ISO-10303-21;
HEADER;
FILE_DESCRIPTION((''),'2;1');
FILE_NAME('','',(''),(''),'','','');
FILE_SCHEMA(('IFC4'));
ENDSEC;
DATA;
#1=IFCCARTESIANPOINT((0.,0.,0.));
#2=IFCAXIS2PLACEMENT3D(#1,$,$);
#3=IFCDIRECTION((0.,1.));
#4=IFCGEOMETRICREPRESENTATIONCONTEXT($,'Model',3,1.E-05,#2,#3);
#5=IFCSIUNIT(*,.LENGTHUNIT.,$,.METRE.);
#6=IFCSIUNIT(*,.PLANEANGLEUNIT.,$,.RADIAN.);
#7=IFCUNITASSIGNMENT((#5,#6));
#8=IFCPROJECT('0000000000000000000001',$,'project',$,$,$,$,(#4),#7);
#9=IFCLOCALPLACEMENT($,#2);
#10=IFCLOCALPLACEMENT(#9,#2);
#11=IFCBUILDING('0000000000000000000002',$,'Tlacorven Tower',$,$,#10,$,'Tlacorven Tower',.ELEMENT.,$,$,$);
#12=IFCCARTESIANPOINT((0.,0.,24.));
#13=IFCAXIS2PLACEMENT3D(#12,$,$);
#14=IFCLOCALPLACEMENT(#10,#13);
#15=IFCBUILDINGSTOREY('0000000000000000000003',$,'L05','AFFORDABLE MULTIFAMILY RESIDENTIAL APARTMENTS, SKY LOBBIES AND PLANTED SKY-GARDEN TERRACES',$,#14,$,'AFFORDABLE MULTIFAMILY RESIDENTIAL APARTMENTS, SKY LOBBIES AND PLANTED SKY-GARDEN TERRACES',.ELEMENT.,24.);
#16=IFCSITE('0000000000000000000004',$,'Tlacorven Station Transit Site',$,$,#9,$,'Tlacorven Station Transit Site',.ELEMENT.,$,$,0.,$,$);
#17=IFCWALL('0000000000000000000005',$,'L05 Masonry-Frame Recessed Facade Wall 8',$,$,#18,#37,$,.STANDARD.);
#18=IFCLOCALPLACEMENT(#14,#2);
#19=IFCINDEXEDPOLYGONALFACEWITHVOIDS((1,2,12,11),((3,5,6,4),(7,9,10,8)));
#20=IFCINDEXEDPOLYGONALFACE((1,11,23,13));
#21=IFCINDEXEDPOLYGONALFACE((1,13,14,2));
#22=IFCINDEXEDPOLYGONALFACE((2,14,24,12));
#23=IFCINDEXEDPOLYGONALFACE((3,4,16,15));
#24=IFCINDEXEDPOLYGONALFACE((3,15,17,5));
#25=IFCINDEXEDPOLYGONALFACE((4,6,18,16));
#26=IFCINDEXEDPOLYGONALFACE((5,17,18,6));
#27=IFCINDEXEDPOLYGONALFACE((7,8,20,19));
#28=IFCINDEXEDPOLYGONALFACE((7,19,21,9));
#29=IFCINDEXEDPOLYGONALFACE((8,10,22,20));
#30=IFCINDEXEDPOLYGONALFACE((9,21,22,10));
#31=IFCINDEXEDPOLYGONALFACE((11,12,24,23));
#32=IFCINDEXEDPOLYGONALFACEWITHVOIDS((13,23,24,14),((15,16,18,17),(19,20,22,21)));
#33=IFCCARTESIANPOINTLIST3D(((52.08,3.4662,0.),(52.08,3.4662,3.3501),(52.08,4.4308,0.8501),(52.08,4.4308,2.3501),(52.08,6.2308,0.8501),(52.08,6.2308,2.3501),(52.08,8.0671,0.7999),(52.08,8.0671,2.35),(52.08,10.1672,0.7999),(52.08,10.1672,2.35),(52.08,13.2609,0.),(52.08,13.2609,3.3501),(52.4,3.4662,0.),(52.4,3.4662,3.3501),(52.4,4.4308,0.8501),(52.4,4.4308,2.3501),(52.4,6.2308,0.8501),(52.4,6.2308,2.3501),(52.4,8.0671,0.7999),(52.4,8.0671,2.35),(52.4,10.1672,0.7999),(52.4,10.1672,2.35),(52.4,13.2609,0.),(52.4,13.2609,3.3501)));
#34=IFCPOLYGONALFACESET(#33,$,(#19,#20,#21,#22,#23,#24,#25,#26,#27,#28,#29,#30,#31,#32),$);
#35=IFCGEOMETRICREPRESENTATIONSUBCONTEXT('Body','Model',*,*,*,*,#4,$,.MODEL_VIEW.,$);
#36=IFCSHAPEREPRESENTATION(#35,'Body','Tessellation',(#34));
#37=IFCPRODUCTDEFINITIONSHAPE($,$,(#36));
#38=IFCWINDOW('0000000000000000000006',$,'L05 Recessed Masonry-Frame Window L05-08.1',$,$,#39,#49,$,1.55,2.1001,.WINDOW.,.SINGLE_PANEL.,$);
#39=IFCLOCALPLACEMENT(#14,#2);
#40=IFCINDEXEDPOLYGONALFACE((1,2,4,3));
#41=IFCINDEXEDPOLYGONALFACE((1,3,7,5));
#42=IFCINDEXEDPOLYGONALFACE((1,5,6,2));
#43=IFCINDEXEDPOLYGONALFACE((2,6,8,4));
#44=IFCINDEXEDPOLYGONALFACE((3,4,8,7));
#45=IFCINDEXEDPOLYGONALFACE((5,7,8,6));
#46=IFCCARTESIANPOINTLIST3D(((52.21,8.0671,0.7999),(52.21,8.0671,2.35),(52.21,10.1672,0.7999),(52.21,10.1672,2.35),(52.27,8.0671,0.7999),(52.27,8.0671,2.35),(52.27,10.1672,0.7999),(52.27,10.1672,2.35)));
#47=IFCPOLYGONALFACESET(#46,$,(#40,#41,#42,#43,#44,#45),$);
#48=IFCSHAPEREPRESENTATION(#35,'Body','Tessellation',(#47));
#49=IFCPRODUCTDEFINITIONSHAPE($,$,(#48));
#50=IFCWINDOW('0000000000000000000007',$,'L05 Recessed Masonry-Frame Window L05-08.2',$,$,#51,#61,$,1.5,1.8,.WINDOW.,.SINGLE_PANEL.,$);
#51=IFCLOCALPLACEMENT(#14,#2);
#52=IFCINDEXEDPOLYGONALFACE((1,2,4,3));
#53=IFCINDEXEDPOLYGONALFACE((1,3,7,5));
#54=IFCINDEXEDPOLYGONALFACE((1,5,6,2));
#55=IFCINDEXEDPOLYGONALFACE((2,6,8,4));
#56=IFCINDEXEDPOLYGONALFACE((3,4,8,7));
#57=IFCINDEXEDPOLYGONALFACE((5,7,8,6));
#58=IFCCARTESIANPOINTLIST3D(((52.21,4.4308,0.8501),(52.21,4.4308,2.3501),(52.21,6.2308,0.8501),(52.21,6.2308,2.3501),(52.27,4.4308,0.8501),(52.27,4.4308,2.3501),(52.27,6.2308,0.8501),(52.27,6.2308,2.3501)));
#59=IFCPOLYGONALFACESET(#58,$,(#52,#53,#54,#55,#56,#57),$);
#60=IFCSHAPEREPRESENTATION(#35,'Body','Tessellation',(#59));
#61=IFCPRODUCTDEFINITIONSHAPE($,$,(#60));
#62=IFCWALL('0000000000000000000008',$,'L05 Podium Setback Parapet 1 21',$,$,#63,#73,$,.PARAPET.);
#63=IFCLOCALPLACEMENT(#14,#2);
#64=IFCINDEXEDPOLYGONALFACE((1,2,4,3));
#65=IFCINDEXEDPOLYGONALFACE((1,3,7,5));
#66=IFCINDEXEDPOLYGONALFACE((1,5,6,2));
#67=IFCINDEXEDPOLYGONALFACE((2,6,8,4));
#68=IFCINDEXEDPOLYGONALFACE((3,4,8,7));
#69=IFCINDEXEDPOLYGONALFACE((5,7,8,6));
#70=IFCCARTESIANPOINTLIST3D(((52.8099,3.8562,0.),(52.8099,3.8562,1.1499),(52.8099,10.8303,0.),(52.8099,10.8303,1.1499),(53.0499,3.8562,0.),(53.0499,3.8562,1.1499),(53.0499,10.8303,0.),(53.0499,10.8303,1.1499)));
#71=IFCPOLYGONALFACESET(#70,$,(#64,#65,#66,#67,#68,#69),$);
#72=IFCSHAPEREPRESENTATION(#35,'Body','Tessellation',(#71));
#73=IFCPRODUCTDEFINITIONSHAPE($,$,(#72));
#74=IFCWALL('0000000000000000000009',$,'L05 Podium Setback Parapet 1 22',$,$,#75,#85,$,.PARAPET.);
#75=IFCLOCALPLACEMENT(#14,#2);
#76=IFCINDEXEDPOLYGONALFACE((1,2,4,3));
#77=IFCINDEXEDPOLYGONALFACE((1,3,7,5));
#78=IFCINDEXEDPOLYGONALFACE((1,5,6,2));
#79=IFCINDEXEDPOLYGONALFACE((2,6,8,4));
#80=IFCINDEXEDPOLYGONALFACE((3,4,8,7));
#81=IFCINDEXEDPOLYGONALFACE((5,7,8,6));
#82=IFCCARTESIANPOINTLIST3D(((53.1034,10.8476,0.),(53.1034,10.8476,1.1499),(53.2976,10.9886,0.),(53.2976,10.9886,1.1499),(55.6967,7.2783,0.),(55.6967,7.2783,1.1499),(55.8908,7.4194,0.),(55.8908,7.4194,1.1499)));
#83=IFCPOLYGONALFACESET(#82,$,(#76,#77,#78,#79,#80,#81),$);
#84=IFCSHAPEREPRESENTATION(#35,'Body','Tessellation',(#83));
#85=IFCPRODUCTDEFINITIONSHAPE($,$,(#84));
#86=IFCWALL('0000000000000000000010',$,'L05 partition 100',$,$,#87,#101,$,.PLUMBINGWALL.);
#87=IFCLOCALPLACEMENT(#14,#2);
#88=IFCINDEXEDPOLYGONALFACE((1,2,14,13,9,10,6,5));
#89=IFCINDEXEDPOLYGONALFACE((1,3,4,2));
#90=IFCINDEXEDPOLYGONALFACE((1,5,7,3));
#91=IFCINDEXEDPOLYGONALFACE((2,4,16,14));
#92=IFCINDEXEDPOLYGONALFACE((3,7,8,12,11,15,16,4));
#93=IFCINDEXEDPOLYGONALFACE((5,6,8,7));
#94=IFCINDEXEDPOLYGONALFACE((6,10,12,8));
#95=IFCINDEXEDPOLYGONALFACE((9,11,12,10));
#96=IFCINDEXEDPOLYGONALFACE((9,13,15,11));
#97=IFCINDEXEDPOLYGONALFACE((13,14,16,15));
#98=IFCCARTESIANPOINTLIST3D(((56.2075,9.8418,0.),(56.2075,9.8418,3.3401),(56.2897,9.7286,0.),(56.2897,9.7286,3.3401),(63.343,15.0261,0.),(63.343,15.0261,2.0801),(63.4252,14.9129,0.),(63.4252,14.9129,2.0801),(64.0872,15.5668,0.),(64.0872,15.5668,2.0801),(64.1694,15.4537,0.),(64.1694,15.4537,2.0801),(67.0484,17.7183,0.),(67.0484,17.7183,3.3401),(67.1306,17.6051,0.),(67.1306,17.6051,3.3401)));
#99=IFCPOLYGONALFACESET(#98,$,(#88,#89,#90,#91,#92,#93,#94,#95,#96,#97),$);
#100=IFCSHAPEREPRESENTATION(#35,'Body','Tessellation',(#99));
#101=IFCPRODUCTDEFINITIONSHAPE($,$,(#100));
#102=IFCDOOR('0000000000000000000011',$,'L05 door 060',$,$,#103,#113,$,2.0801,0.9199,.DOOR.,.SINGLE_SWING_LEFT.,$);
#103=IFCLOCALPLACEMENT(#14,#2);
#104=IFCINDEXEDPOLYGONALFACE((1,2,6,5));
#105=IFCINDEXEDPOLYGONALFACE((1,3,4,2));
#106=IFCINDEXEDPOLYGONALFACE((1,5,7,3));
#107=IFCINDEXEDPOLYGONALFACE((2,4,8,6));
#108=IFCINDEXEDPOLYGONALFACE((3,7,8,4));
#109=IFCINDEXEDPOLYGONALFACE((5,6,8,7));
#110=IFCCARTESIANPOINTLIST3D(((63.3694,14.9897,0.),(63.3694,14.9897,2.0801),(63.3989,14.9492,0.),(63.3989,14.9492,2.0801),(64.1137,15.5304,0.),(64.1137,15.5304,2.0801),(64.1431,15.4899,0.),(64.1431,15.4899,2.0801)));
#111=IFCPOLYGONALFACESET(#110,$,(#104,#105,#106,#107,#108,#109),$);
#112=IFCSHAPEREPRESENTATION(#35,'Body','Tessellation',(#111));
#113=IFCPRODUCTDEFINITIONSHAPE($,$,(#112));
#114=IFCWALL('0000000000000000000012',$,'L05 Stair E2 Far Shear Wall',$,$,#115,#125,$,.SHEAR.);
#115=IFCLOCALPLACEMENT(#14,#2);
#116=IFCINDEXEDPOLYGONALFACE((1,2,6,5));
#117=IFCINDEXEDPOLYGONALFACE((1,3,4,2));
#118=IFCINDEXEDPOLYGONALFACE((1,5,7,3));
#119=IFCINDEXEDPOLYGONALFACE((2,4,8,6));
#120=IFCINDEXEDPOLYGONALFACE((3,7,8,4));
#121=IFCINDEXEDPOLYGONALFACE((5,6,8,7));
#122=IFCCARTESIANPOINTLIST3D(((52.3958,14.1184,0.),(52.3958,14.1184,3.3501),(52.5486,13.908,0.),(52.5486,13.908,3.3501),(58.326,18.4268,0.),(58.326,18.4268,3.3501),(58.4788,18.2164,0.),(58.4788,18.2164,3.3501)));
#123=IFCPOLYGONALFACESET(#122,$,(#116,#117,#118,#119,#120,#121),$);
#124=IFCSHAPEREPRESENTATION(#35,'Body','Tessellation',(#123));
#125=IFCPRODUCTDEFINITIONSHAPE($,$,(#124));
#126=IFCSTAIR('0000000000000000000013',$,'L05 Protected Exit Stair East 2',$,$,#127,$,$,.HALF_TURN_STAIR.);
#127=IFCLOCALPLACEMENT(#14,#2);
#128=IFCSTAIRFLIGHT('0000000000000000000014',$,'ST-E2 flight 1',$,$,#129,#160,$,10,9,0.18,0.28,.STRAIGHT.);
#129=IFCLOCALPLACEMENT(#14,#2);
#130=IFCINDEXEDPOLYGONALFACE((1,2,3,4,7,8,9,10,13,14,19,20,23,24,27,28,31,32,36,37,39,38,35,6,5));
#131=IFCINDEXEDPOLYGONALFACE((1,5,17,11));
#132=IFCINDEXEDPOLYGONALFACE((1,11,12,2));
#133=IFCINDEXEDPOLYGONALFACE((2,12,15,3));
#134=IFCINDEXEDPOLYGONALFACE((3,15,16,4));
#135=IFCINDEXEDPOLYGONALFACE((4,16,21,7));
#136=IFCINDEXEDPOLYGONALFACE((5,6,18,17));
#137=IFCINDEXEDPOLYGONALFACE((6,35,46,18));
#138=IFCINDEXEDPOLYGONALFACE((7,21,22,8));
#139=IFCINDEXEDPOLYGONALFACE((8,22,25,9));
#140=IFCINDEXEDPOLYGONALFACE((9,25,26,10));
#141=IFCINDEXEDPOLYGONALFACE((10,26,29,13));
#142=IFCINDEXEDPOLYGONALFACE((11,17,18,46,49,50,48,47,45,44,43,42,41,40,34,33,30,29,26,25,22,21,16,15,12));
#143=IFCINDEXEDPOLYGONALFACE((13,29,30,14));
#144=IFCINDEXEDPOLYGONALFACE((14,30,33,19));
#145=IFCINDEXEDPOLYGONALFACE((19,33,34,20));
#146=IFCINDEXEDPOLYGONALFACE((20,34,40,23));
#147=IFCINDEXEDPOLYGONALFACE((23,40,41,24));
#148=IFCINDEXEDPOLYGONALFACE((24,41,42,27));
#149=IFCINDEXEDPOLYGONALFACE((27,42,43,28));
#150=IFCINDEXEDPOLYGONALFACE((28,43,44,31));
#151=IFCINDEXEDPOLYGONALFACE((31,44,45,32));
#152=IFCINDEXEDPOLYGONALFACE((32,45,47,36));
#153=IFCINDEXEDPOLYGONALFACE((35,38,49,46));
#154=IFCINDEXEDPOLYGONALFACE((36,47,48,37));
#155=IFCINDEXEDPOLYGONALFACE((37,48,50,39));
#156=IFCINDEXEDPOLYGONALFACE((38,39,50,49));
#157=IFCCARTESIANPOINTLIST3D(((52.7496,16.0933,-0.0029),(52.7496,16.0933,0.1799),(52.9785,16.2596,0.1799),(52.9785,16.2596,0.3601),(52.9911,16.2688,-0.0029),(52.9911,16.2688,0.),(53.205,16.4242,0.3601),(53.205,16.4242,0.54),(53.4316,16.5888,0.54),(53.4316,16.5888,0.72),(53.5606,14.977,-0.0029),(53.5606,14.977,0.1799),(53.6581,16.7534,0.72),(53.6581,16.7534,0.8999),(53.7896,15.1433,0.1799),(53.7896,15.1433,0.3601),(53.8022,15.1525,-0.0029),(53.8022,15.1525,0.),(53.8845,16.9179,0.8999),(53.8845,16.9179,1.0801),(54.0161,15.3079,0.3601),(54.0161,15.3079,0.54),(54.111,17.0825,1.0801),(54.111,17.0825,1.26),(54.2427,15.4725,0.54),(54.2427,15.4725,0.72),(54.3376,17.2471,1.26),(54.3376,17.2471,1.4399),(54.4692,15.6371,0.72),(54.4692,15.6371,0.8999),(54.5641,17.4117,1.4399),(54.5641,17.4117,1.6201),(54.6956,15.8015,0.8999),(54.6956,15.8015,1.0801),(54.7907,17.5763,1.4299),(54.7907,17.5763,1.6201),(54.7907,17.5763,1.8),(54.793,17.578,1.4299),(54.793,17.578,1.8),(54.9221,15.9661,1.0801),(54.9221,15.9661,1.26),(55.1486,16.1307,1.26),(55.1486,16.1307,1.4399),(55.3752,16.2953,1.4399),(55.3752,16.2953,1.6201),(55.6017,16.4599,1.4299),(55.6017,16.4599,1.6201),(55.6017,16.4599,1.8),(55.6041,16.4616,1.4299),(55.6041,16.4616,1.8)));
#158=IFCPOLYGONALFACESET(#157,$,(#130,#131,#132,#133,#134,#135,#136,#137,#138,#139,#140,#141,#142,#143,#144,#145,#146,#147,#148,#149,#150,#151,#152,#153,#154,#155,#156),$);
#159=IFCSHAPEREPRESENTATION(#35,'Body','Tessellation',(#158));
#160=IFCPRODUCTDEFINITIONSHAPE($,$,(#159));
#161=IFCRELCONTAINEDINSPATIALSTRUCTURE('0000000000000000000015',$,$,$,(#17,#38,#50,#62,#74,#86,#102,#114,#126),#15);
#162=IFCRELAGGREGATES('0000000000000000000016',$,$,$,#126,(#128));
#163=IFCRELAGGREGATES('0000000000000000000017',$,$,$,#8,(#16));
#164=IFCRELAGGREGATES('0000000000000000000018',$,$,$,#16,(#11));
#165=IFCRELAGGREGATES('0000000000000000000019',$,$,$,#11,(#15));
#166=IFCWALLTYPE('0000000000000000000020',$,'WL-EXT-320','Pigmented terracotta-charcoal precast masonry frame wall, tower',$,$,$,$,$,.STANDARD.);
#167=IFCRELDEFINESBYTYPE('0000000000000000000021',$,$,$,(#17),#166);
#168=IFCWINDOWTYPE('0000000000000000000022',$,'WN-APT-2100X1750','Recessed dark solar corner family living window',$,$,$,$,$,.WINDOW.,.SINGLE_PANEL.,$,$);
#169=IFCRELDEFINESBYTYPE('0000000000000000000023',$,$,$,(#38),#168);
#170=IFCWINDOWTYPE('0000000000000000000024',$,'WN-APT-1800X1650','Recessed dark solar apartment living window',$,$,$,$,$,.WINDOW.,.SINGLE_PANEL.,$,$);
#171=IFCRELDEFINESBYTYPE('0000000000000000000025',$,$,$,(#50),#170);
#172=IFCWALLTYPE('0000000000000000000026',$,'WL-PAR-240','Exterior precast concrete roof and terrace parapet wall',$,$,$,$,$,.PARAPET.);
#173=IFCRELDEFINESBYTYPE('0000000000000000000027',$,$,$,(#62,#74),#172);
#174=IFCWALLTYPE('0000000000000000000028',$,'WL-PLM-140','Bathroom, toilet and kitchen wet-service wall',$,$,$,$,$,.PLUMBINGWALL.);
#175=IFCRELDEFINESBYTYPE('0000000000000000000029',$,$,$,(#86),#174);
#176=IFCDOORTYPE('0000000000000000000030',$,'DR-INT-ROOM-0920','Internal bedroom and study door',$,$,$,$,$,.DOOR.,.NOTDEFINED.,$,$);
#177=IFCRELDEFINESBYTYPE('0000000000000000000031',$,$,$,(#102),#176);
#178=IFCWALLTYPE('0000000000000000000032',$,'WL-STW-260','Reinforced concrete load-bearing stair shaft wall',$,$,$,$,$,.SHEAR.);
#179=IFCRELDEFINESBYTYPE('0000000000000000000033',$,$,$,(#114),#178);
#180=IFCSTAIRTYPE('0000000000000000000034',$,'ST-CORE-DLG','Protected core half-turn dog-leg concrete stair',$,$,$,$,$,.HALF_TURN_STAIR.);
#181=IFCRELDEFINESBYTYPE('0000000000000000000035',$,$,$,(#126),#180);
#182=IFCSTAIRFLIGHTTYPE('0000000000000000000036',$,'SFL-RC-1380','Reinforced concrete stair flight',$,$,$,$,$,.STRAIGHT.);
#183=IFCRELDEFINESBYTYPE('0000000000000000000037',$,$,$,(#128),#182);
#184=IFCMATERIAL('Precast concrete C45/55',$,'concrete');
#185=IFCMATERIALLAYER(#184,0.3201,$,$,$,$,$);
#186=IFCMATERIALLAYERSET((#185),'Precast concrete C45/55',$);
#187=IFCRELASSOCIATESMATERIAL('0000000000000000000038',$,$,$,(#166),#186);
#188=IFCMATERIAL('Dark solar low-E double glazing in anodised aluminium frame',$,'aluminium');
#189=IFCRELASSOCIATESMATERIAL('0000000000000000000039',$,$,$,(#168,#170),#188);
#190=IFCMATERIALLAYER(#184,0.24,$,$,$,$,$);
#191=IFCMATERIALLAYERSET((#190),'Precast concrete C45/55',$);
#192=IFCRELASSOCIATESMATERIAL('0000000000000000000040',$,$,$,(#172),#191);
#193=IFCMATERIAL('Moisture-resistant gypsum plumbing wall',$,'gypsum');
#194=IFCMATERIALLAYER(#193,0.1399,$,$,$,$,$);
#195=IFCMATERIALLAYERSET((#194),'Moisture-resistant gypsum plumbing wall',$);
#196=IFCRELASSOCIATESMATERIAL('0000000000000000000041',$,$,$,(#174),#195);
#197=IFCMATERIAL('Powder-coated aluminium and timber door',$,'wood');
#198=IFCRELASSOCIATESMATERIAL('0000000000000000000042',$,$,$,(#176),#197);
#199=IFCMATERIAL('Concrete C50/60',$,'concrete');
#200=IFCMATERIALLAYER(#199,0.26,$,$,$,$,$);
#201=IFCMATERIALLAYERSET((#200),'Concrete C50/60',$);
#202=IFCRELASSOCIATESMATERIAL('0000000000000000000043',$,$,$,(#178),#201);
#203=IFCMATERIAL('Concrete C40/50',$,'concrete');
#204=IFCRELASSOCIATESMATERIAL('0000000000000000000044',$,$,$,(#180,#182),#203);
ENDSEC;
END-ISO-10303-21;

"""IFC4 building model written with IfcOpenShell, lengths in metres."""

from ifc_helpers import new_model, si_unit, direction, frame, frame_2d, origin, place, context, subcontext, project, spatial, polyline, rectangle, outline, extrude, source, transform, mapped, material, layer, layer_set, type_object, element, fill, aggregate, save


model = new_model("IFC4")

# Units and contexts
model_context = context("Model", 3, precision=1e-05, world=origin(), true_north=direction((0.0, 1.0)))
body_context = subcontext(model_context, "Body", "Model", "MODEL_VIEW")
ifc_project = project(units=[si_unit("LENGTHUNIT", "METRE"), si_unit("PLANEANGLEUNIT", "RADIAN")], contexts=[model_context])

# Site, building, storey
site_placement = place(None, origin())
site = spatial("IfcSite", under=ifc_project, at=site_placement, Name="Tlacorven Station Transit Site", LongName="Tlacorven Station Transit Site", CompositionType="ELEMENT", RefElevation=0.0)
building_placement = place(site_placement, origin())
building = spatial("IfcBuilding", under=site, at=building_placement, Name="Tlacorven Tower", LongName="Tlacorven Tower", CompositionType="ELEMENT")
storey_placement = place(building_placement, frame((0.0, 0.0, 24.0)))
storey = spatial("IfcBuildingStorey", under=building, at=storey_placement, Name="L05", Description="AFFORDABLE MULTIFAMILY RESIDENTIAL APARTMENTS, SKY LOBBIES AND PLANTED SKY-GARDEN TERRACES", LongName="AFFORDABLE MULTIFAMILY RESIDENTIAL APARTMENTS, SKY LOBBIES AND PLANTED SKY-GARDEN TERRACES", CompositionType="ELEMENT", Elevation=24.0)

# Wall, openings, windows
ifc_material_1 = material(Name="Precast concrete C45/55", Category="concrete")
ifc_layer_1 = layer(ifc_material_1, 0.3201)
ifc_layer_set_1 = layer_set([ifc_layer_1], Name="Precast concrete C45/55")
wall_type_1 = type_object("IfcWallType", Name="WL-EXT-320", Description="Pigmented terracotta-charcoal precast masonry frame wall, tower", PredefinedType="STANDARD", material=ifc_layer_set_1)
wall_1_placement = place(storey_placement, frame((52.24, 13.261, 0.0), z_axis=(0.0, 0.0, 1.0), x_axis=(0.0, -1.0, 0.0)))
wall_1 = element("IfcWall", 1, at=wall_1_placement, inside=storey, type_object=wall_type_1, Name="L05 Masonry-Frame Recessed Facade Wall 8", PredefinedType="STANDARD", context=body_context, shape_type="SweptSolid", body=[
    extrude(rectangle(XDim=9.7947, YDim=0.3201, at=frame_2d((4.8975, 0.0))), origin(), (0.0, 0.0, 1.0), 3.3501),
])
opening_1_placement = place(wall_1_placement, frame((3.0938, 0.0, 0.8)))
opening_1 = element("IfcOpeningElement", 2, at=opening_1_placement, cuts=wall_1, PredefinedType="OPENING", context=body_context, shape_type="SweptSolid", body=[
    extrude(rectangle(XDim=2.1001, YDim=1.55, at=frame_2d((1.05, 0.7749))), frame((0.0, 0.1699, 0.0), z_axis=(0.0, -1.0, 0.0), x_axis=(1.0, 0.0, 0.0)), (0.0, 0.0, 1.0), 0.3401),
])
opening_2_placement = place(wall_1_placement, frame((7.0303, 0.0, 0.8501)))
opening_2 = element("IfcOpeningElement", 3, at=opening_2_placement, cuts=wall_1, PredefinedType="OPENING", context=body_context, shape_type="SweptSolid", body=[
    extrude(rectangle(XDim=1.8, YDim=1.5, at=frame_2d((0.8999, 0.75))), frame((0.0, 0.1699, 0.0), z_axis=(0.0, -1.0, 0.0), x_axis=(1.0, 0.0, 0.0)), (0.0, 0.0, 1.0), 0.3401),
])
ifc_material_2 = material(Name="Dark solar low-E double glazing in anodised aluminium frame", Category="aluminium")
window_type_1 = type_object("IfcWindowType", Name="WN-APT-2100X1750", Description="Recessed dark solar corner family living window", PartitioningType="SINGLE_PANEL", PredefinedType="WINDOW", material=ifc_material_2)
shared_shape_1 = source(origin(), body_context, "Body", "SweptSolid", [
    extrude(rectangle(XDim=2.1001, YDim=1.55, at=frame_2d((1.05, 0.7749))), frame((0.0, 0.03, 0.0), z_axis=(0.0, -1.0, 0.0), x_axis=(1.0, 0.0, 0.0)), (0.0, 0.0, 1.0), 0.0601),
])
window_1_placement = place(opening_1_placement, origin())
window_1 = element("IfcWindow", 4, at=window_1_placement, inside=storey, type_object=window_type_1, Name="L05 Recessed Masonry-Frame Window L05-08.1", OverallHeight=1.55, OverallWidth=2.1001, PartitioningType="SINGLE_PANEL", PredefinedType="WINDOW", context=body_context, shape_type="MappedRepresentation", body=[
    mapped(shared_shape_1, transform((0.0, 0.0, 0.0), scale=1.0)),
])
fill(opening_1, window_1)
window_type_2 = type_object("IfcWindowType", Name="WN-APT-1800X1650", Description="Recessed dark solar apartment living window", PartitioningType="SINGLE_PANEL", PredefinedType="WINDOW", material=ifc_material_2)
shared_shape_2 = source(origin(), body_context, "Body", "SweptSolid", [
    extrude(rectangle(XDim=1.8, YDim=1.5, at=frame_2d((0.8999, 0.75))), frame((0.0, 0.03, 0.0), z_axis=(0.0, -1.0, 0.0), x_axis=(1.0, 0.0, 0.0)), (0.0, 0.0, 1.0), 0.0601),
])
window_2_placement = place(opening_2_placement, origin())
window_2 = element("IfcWindow", 5, at=window_2_placement, inside=storey, type_object=window_type_2, Name="L05 Recessed Masonry-Frame Window L05-08.2", OverallHeight=1.5, OverallWidth=1.8, PartitioningType="SINGLE_PANEL", PredefinedType="WINDOW", context=body_context, shape_type="MappedRepresentation", body=[
    mapped(shared_shape_2, transform((0.0, 0.0, 0.0), scale=1.0)),
])
fill(opening_2, window_2)

# Walls
ifc_layer_2 = layer(ifc_material_1, 0.24)
ifc_layer_set_2 = layer_set([ifc_layer_2], Name="Precast concrete C45/55")
wall_type_2 = type_object("IfcWallType", Name="WL-PAR-240", Description="Exterior precast concrete roof and terrace parapet wall", PredefinedType="PARAPET", material=ifc_layer_set_2)
wall_2_placement = place(storey_placement, frame((52.9299, 3.8562, 0.0), z_axis=(0.0, 0.0, 1.0), x_axis=(0.0, 1.0, 0.0)))
element("IfcWall", 6, at=wall_2_placement, inside=storey, type_object=wall_type_2, Name="L05 Podium Setback Parapet 1 21", PredefinedType="PARAPET", context=body_context, shape_type="SweptSolid", body=[
    extrude(rectangle(XDim=6.9741, YDim=0.24, at=frame_2d((3.4871, 0.0))), origin(), (0.0, 0.0, 1.0), 1.1499),
])
wall_3_placement = place(storey_placement, frame((53.2004, 10.9182, 0.0), z_axis=(0.0, 0.0, 1.0), x_axis=(0.587783, -0.809018, 0.0)))
element("IfcWall", 7, at=wall_3_placement, inside=storey, type_object=wall_type_2, Name="L05 Podium Setback Parapet 1 22", PredefinedType="PARAPET", context=body_context, shape_type="SweptSolid", body=[
    extrude(rectangle(XDim=4.4119, YDim=0.24, at=frame_2d((2.2061, 0.0))), origin(), (0.0, 0.0, 1.0), 1.1499),
])

# Wall, opening, door
ifc_material_3 = material(Name="Moisture-resistant gypsum plumbing wall", Category="gypsum")
ifc_layer_3 = layer(ifc_material_3, 0.1399)
ifc_layer_set_3 = layer_set([ifc_layer_3], Name="Moisture-resistant gypsum plumbing wall")
wall_type_3 = type_object("IfcWallType", Name="WL-PLM-140", Description="Bathroom, toilet and kitchen wet-service wall", PredefinedType="PLUMBINGWALL", material=ifc_layer_set_3)
wall_4_placement = place(storey_placement, frame((56.2485, 9.7852, 0.0), z_axis=(0.0, 0.0, 1.0), x_axis=(0.809012, 0.587792, 0.0)))
wall_4 = element("IfcWall", 8, at=wall_4_placement, inside=storey, type_object=wall_type_3, Name="L05 partition 100", PredefinedType="PLUMBINGWALL", context=body_context, shape_type="SweptSolid", body=[
    extrude(rectangle(XDim=13.4001, YDim=0.1399, at=frame_2d((6.7002, 0.0))), origin(), (0.0, 0.0, 1.0), 3.3401),
])
opening_3_placement = place(wall_4_placement, frame((8.8201, 0.0, 0.0)))
opening_3 = element("IfcOpeningElement", 9, at=opening_3_placement, cuts=wall_4, PredefinedType="OPENING", context=body_context, shape_type="SweptSolid", body=[
    extrude(rectangle(XDim=0.9199, YDim=2.0801, at=frame_2d((0.46, 1.04))), frame((0.0, 0.0801, 0.0), z_axis=(0.0, -1.0, 0.0), x_axis=(1.0, 0.0, 0.0)), (0.0, 0.0, 1.0), 0.1599),
])
ifc_material_4 = material(Name="Powder-coated aluminium and timber door", Category="wood")
door_type_1 = type_object("IfcDoorType", Name="DR-INT-ROOM-0920", Description="Internal bedroom and study door", OperationType="NOTDEFINED", PredefinedType="DOOR", material=ifc_material_4)
shared_shape_3 = source(origin(), body_context, "Body", "SweptSolid", [
    extrude(rectangle(XDim=0.9199, YDim=2.0801, at=frame_2d((0.46, 1.04))), frame((0.0, 0.0249, 0.0), z_axis=(0.0, -1.0, 0.0), x_axis=(1.0, 0.0, 0.0)), (0.0, 0.0, 1.0), 0.05),
])
door_1_placement = place(opening_3_placement, origin())
door_1 = element("IfcDoor", 10, at=door_1_placement, inside=storey, type_object=door_type_1, Name="L05 door 060", OperationType="SINGLE_SWING_LEFT", OverallHeight=2.0801, OverallWidth=0.9199, PredefinedType="DOOR", context=body_context, shape_type="MappedRepresentation", body=[
    mapped(shared_shape_3, transform((0.0, 0.0, 0.0), scale=1.0)),
])
fill(opening_3, door_1)

# Wall
ifc_material_5 = material(Name="Concrete C50/60", Category="concrete")
ifc_layer_4 = layer(ifc_material_5, 0.26)
ifc_layer_set_4 = layer_set([ifc_layer_4], Name="Concrete C50/60")
wall_type_4 = type_object("IfcWallType", Name="WL-STW-260", Description="Reinforced concrete load-bearing stair shaft wall", PredefinedType="SHEAR", material=ifc_layer_set_4)
wall_5_placement = place(storey_placement, frame((52.4722, 14.0132, 0.0), z_axis=(0.0, 0.0, 1.0), x_axis=(0.809028, 0.58777, 0.0)))
element("IfcWall", 11, at=wall_5_placement, inside=storey, type_object=wall_type_4, Name="L05 Stair E2 Far Shear Wall", PredefinedType="SHEAR", context=body_context, shape_type="SweptSolid", body=[
    extrude(rectangle(XDim=7.3301, YDim=0.26, at=frame_2d((3.665, 0.0))), origin(), (0.0, 0.0, 1.0), 3.3501),
])

# Stair, stair flight
ifc_material_6 = material(Name="Concrete C40/50", Category="concrete")
stair_type = type_object("IfcStairType", Name="ST-CORE-DLG", Description="Protected core half-turn dog-leg concrete stair", PredefinedType="HALF_TURN_STAIR", material=ifc_material_6)
stair_placement = place(storey_placement, origin())
stair = element("IfcStair", 12, at=stair_placement, inside=storey, type_object=stair_type, Name="L05 Protected Exit Stair East 2", PredefinedType="HALF_TURN_STAIR")
stair_flight_type = type_object("IfcStairFlightType", Name="SFL-RC-1380", Description="Reinforced concrete stair flight", PredefinedType="STRAIGHT", material=ifc_material_6)
shared_shape_4 = source(origin(), body_context, "Body", "SweptSolid", [
    extrude(outline(polyline([(-0.0029, -0.0029), (-0.0029, 0.1799), (0.28, 0.1799), (0.28, 0.3601), (0.5601, 0.3601), (0.5601, 0.54), (0.8401, 0.54), (0.8401, 0.72), (1.1201, 0.72), (1.1201, 0.8999), (1.3999, 0.8999), (1.3999, 1.0801), (1.6799, 1.0801), (1.6799, 1.26), (1.96, 1.26), (1.96, 1.4399), (2.24, 1.4399), (2.24, 1.6201), (2.52, 1.6201), (2.52, 1.8), (2.5229, 1.8), (2.5229, 1.4299), (2.52, 1.4299), (0.2957, 0.0), (0.2957, -0.0029), (-0.0029, -0.0029)])), frame((0.0, 0.6899, 0.0), z_axis=(0.0, -1.0, 0.0), x_axis=(1.0, 0.0, 0.0)), (0.0, 0.0, 1.0), 1.3799),
])
stair_flight_1_placement = place(storey_placement, frame((53.1575, 15.5369, 0.0), z_axis=(0.0, 0.0, 1.0), x_axis=(0.809017, 0.587785, 0.0)))
stair_flight_1 = element("IfcStairFlight", 13, at=stair_flight_1_placement, type_object=stair_flight_type, Name="ST-E2 flight 1", NumberOfRisers=10, NumberOfTreads=9, PredefinedType="STRAIGHT", RiserHeight=0.18, TreadLength=0.28, context=body_context, shape_type="MappedRepresentation", body=[
    mapped(shared_shape_4, transform((0.0, 0.0, 0.0), scale=1.0)),
])
aggregate(stair, [stair_flight_1])

save(model, "model.ifc")
